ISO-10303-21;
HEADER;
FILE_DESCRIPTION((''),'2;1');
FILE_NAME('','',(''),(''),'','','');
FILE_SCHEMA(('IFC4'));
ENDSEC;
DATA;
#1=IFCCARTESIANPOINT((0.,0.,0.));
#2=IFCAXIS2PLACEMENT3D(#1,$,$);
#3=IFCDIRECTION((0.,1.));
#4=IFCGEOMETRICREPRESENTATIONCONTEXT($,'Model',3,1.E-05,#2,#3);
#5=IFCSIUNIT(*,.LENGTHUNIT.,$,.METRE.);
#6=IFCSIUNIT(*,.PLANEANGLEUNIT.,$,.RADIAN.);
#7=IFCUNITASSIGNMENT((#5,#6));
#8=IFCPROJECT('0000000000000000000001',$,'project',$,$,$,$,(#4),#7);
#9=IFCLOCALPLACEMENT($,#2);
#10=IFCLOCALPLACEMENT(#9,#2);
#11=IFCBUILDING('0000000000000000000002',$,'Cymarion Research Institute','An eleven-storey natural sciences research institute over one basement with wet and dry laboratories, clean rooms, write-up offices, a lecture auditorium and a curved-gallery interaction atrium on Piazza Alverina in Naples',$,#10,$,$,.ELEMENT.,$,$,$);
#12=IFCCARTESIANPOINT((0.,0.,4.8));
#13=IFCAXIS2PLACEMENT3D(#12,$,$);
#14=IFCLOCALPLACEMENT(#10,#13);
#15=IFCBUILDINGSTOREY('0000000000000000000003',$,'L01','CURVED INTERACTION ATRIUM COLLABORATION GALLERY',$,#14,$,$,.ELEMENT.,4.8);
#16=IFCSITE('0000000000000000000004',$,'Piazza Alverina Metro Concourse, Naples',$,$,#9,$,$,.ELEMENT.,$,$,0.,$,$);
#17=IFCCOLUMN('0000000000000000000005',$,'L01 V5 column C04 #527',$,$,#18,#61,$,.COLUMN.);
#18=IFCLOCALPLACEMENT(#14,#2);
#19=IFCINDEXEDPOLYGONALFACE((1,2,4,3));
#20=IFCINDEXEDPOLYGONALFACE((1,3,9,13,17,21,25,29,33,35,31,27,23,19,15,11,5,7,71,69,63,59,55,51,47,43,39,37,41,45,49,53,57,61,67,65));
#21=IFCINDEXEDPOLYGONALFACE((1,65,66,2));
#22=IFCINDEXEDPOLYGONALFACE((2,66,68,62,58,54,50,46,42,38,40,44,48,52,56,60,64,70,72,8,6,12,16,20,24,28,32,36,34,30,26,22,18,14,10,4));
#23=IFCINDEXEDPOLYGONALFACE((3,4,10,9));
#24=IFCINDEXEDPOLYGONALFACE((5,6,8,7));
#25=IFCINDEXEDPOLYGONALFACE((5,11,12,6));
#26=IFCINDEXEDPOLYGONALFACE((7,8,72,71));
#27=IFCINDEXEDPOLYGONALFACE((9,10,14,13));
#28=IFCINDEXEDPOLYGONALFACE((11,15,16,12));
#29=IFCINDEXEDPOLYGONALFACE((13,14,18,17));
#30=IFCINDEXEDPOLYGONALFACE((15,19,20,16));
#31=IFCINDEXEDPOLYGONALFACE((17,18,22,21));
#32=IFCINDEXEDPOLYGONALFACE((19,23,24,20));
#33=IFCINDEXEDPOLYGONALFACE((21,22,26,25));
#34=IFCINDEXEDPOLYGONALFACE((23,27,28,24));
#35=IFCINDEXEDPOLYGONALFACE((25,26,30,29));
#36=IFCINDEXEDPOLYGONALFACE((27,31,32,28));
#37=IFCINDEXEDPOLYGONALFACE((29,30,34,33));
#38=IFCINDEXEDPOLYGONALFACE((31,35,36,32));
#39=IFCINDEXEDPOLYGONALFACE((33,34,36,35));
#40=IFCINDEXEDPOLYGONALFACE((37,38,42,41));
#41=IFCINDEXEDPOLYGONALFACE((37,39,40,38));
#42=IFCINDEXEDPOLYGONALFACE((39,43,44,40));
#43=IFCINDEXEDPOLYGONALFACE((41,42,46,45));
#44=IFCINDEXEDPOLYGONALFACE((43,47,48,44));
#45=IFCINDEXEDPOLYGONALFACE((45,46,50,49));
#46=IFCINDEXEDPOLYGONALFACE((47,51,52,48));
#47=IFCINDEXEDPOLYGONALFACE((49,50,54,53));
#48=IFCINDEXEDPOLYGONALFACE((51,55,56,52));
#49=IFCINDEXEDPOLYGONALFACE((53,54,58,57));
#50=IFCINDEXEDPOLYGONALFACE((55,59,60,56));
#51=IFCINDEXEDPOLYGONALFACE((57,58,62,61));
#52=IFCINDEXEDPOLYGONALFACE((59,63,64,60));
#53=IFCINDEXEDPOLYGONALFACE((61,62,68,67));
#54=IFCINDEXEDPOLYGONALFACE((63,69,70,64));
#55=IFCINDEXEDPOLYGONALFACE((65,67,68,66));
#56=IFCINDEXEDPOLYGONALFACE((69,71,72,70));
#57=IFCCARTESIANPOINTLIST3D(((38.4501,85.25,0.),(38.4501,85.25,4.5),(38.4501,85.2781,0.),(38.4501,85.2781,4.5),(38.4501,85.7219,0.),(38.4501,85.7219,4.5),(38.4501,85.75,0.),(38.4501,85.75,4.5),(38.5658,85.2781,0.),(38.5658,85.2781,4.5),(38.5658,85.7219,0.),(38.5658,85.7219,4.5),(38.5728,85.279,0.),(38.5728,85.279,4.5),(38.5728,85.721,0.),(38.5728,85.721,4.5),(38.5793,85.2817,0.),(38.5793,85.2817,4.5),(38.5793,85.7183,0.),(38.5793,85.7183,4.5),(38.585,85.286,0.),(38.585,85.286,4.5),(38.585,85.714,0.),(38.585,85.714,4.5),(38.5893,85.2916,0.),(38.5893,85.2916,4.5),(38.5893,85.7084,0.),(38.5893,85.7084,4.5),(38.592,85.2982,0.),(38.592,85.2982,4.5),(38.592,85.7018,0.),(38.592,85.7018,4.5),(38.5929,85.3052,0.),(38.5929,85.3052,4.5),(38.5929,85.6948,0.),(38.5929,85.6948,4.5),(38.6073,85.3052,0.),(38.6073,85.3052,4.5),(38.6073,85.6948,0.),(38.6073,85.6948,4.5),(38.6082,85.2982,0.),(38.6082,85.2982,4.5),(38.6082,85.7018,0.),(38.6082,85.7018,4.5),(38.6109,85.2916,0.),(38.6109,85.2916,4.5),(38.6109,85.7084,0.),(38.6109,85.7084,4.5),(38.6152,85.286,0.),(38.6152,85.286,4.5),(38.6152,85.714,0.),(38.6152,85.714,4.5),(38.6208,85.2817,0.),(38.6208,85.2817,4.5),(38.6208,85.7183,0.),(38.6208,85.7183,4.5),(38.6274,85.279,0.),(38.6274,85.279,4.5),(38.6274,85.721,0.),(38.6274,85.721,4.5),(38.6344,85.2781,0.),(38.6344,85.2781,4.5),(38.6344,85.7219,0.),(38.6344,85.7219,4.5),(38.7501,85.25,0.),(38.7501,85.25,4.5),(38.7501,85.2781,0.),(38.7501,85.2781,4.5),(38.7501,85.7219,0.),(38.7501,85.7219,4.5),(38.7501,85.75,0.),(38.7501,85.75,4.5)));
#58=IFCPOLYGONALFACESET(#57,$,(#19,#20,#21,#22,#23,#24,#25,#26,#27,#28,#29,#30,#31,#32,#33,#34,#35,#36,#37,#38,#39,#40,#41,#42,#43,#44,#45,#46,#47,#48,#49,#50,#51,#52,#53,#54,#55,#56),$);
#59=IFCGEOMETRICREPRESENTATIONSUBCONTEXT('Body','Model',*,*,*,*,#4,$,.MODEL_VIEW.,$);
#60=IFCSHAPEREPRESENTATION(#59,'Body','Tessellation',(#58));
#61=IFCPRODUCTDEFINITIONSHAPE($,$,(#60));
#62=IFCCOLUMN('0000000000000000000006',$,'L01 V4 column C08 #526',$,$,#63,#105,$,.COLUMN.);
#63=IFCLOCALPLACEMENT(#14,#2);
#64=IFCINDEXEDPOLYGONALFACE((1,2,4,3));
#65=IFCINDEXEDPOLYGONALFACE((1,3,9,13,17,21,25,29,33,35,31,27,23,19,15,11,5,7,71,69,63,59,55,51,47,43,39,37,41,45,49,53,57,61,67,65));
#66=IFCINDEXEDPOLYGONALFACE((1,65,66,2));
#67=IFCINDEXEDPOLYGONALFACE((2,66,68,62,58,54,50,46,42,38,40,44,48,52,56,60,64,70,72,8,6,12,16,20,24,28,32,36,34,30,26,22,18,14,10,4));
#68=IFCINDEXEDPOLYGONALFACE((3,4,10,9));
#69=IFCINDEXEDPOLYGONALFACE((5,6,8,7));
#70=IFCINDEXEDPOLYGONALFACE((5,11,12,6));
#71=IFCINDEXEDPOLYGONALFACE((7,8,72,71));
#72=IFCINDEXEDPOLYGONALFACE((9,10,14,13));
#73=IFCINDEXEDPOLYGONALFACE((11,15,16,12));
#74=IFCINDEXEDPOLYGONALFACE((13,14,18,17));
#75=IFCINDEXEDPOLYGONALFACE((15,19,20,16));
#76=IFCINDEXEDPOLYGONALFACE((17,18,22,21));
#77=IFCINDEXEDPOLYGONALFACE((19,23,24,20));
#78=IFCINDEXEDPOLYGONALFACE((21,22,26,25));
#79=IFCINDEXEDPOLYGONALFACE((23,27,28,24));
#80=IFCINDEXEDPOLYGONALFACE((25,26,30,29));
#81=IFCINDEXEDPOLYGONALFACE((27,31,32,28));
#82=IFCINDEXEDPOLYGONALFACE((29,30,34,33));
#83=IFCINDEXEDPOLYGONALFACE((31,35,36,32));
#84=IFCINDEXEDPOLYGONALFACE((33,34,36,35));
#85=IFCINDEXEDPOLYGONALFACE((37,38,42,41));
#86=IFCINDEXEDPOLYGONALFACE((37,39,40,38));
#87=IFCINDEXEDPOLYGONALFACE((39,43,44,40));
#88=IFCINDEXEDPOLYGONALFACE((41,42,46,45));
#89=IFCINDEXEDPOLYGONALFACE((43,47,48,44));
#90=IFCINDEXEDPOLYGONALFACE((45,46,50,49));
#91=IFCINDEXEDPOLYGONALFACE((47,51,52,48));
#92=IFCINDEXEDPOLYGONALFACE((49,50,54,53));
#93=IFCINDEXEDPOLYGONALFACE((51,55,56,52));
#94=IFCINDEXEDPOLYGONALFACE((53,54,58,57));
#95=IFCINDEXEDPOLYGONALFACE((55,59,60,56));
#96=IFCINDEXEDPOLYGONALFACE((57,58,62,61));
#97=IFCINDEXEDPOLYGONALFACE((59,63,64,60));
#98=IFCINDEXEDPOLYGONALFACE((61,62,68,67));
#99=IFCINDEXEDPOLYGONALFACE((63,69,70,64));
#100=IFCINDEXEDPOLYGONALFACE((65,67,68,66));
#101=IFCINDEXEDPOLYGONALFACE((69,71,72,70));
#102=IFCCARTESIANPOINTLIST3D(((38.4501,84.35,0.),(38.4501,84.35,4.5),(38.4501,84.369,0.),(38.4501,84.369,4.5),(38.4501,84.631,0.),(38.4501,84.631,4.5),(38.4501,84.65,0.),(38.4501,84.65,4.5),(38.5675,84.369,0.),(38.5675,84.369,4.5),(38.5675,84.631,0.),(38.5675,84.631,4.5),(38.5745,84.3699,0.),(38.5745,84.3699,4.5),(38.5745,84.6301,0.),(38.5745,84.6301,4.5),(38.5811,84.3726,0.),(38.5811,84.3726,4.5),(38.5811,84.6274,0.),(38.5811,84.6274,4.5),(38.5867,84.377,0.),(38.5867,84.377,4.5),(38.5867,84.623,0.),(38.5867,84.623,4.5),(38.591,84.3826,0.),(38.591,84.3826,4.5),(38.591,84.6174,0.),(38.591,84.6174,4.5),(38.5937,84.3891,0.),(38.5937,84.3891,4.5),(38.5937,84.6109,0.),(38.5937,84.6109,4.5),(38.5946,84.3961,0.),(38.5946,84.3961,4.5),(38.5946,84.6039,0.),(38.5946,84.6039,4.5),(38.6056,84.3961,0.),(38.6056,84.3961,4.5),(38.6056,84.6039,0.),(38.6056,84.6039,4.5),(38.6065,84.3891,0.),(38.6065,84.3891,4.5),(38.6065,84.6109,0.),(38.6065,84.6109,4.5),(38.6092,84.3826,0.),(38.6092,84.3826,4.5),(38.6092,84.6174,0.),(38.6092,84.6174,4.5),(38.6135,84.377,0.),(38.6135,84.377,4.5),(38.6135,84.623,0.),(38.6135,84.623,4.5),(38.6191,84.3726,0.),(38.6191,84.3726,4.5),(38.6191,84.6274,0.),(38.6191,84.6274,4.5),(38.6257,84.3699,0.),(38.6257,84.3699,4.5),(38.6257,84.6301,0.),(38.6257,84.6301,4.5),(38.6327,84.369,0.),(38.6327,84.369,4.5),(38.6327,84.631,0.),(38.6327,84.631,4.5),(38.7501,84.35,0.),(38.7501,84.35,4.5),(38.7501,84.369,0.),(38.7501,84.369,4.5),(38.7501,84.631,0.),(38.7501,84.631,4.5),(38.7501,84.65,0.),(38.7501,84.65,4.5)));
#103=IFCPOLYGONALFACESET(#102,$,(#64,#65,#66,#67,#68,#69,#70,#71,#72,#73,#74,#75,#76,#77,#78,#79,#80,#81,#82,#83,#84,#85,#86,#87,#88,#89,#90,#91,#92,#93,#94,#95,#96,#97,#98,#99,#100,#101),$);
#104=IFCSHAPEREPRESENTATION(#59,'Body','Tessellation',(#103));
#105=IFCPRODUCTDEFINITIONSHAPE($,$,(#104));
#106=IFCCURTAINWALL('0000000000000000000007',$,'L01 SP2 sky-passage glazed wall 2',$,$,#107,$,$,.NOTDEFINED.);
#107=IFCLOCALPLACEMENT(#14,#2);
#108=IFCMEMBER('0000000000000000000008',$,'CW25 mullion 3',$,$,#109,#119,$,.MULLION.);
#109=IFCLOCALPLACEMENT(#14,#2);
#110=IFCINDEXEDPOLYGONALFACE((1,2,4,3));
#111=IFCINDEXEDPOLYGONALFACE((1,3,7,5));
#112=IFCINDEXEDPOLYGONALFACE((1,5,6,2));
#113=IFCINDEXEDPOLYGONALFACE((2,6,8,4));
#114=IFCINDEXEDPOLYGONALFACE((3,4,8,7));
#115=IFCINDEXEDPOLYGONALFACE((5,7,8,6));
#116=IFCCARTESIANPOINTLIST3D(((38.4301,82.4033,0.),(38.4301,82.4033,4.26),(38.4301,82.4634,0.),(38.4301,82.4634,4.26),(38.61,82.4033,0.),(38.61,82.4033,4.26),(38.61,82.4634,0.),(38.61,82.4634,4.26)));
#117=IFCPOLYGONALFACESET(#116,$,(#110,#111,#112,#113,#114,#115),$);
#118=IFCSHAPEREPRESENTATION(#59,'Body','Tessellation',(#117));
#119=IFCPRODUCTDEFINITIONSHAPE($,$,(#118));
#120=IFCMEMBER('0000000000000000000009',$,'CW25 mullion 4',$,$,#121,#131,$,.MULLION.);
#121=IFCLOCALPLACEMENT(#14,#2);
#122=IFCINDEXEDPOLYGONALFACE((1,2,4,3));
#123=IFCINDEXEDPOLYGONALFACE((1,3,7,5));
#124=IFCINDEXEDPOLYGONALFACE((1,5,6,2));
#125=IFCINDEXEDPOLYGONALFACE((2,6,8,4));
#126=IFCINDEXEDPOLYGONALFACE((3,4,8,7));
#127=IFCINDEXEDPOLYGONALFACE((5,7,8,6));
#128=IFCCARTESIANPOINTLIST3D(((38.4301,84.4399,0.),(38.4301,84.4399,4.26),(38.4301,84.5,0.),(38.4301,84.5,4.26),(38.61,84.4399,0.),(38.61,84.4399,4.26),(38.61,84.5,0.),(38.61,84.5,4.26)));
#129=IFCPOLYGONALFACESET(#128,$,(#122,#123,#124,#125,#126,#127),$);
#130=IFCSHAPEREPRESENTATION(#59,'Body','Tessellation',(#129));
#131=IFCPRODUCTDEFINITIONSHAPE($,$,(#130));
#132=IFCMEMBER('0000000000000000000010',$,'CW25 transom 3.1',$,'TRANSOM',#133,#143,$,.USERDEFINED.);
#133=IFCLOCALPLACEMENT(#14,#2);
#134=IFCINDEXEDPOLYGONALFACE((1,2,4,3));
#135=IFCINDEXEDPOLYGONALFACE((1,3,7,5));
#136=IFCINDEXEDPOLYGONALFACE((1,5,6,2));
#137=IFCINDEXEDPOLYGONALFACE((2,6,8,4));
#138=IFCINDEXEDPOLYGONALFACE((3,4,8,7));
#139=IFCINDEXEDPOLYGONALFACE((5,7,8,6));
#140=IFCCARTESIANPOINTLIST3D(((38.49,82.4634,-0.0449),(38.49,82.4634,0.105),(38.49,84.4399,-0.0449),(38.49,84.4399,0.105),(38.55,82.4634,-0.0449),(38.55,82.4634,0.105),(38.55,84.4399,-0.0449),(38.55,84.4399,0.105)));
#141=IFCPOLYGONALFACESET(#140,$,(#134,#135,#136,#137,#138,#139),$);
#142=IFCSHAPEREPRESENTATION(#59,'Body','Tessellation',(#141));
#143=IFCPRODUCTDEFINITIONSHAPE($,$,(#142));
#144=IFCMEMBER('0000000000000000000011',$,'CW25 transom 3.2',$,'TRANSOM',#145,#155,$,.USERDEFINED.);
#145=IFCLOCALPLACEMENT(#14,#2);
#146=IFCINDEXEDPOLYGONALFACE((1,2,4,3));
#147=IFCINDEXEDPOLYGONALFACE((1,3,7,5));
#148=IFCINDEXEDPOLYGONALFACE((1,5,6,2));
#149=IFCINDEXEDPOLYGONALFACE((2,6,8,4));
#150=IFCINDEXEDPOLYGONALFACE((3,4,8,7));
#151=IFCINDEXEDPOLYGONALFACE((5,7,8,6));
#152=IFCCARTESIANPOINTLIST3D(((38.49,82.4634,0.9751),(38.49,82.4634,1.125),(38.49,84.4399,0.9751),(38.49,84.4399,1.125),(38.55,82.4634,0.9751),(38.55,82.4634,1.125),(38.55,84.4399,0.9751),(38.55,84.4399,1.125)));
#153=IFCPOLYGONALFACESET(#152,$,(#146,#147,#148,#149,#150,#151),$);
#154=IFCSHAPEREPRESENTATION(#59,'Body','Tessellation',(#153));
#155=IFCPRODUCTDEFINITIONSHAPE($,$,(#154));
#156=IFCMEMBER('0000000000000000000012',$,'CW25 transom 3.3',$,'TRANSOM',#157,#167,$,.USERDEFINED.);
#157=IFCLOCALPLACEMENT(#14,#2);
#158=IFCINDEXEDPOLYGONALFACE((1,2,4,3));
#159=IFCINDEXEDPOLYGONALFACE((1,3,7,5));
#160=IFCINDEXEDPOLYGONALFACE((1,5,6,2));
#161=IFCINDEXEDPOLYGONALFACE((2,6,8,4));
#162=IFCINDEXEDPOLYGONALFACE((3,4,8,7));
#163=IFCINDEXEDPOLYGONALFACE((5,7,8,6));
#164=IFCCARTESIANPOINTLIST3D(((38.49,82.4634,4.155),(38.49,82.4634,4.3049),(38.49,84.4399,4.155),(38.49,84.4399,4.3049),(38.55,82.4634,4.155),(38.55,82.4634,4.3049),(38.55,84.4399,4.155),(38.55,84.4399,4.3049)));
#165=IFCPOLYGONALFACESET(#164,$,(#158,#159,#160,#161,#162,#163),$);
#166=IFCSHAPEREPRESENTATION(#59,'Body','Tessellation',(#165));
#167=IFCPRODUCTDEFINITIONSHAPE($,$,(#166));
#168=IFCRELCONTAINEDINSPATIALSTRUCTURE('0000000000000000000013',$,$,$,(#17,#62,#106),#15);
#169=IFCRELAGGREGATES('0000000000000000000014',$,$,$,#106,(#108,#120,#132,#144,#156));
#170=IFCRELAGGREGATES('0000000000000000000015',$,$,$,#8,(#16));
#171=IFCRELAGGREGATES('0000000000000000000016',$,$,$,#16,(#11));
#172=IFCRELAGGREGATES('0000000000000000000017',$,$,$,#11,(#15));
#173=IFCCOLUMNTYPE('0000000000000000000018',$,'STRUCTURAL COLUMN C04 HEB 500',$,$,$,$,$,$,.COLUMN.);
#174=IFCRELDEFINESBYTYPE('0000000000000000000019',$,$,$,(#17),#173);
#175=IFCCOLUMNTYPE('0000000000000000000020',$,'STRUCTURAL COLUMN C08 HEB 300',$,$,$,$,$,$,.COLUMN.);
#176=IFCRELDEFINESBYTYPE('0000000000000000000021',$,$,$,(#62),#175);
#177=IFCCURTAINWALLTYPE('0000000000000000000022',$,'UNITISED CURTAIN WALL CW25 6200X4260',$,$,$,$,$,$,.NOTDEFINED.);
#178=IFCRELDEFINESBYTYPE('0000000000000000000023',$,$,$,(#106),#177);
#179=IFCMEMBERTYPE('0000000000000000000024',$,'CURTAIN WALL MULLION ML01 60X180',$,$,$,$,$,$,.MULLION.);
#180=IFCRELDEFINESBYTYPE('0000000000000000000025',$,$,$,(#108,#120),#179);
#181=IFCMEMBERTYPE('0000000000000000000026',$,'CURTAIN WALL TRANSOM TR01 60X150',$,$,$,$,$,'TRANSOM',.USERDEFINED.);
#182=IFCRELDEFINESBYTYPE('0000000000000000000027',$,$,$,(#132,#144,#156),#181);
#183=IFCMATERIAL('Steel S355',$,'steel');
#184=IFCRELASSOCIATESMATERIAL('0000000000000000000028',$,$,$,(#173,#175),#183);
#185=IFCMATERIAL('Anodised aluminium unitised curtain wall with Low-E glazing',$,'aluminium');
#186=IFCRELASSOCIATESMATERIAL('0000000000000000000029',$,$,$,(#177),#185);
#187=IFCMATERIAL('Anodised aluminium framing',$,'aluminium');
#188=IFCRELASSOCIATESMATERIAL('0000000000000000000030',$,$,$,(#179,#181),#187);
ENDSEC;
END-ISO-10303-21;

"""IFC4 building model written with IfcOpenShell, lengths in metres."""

from ifc_helpers import new_model, si_unit, direction, frame, origin, origin_2d, place, context, subcontext, project, spatial, rectangle, i_section, extrude, material, material_profile, profile_set, type_object, element, aggregate, save


model = new_model("IFC4")

# Units and contexts
model_context = context("Model", 3, precision=1e-05, world=origin(), true_north=direction((0.0, 1.0)))
body_context = subcontext(model_context, "Body", "Model", "MODEL_VIEW")
ifc_project = project(units=[si_unit("LENGTHUNIT", "METRE"), si_unit("PLANEANGLEUNIT", "RADIAN")], contexts=[model_context])

# Site, building, storey
site_placement = place(None, origin())
site = spatial("IfcSite", under=ifc_project, at=site_placement, Name="Piazza Alverina Metro Concourse, Naples", CompositionType="ELEMENT", RefElevation=0.0)
building_placement = place(site_placement, origin())
building = spatial("IfcBuilding", under=site, at=building_placement, Name="Cymarion Research Institute", Description="An eleven-storey natural sciences research institute over one basement with wet and dry laboratories, clean rooms, write-up offices, a lecture auditorium and a curved-gallery interaction atrium on Piazza Alverina in Naples", CompositionType="ELEMENT")
storey_placement = place(building_placement, frame((0.0, 0.0, 4.8)))
storey = spatial("IfcBuildingStorey", under=building, at=storey_placement, Name="L01", Description="CURVED INTERACTION ATRIUM COLLABORATION GALLERY", CompositionType="ELEMENT", Elevation=4.8)

# Columns
ifc_material_1 = material(Name="Steel S355", Category="steel")
ifc_material_profile_1 = material_profile(ifc_material_1, i_section(OverallWidth=0.3, OverallDepth=0.5, WebThickness=0.0144, FlangeThickness=0.0281, FilletRadius=0.0271, at=origin_2d()), Name="HEB 500")
ifc_profile_set_1 = profile_set([ifc_material_profile_1], Name="Steel S355")
column_type_1 = type_object("IfcColumnType", Name="STRUCTURAL COLUMN C04 HEB 500", PredefinedType="COLUMN", material=ifc_profile_set_1)
column_1_placement = place(storey_placement, frame((38.6001, 85.5, 0.0), z_axis=(0.0, 0.0, 1.0), x_axis=(1.0, 0.0, 0.0)))
element("IfcColumn", 1, at=column_1_placement, inside=storey, type_object=column_type_1, Name="L01 V5 column C04 #527", PredefinedType="COLUMN", context=body_context, shape_type="SweptSolid", body=[
    extrude(i_section(OverallWidth=0.3, OverallDepth=0.5, WebThickness=0.0144, FlangeThickness=0.0281, FilletRadius=0.0271, at=origin_2d()), origin(), (0.0, 0.0, 1.0), 4.5),
])
ifc_material_profile_2 = material_profile(ifc_material_1, i_section(OverallWidth=0.3, OverallDepth=0.3, WebThickness=0.011, FlangeThickness=0.019, FilletRadius=0.0271, at=origin_2d()), Name="HEB 300")
ifc_profile_set_2 = profile_set([ifc_material_profile_2], Name="Steel S355")
column_type_2 = type_object("IfcColumnType", Name="STRUCTURAL COLUMN C08 HEB 300", PredefinedType="COLUMN", material=ifc_profile_set_2)
column_2_placement = place(storey_placement, frame((38.6001, 84.5, 0.0), z_axis=(0.0, 0.0, 1.0), x_axis=(1.0, 0.0, 0.0)))
element("IfcColumn", 2, at=column_2_placement, inside=storey, type_object=column_type_2, Name="L01 V4 column C08 #526", PredefinedType="COLUMN", context=body_context, shape_type="SweptSolid", body=[
    extrude(i_section(OverallWidth=0.3, OverallDepth=0.3, WebThickness=0.011, FlangeThickness=0.019, FilletRadius=0.0271, at=origin_2d()), origin(), (0.0, 0.0, 1.0), 4.5),
])

# Curtain wall, members
ifc_material_2 = material(Name="Anodised aluminium unitised curtain wall with Low-E glazing", Category="aluminium")
curtain_wall_type = type_object("IfcCurtainWallType", Name="UNITISED CURTAIN WALL CW25 6200X4260", PredefinedType="NOTDEFINED", material=ifc_material_2)
curtain_wall_placement = place(storey_placement, origin())
curtain_wall = element("IfcCurtainWall", 3, at=curtain_wall_placement, inside=storey, type_object=curtain_wall_type, Name="L01 SP2 sky-passage glazed wall 2", PredefinedType="NOTDEFINED")
ifc_material_3 = material(Name="Anodised aluminium framing", Category="aluminium")
ifc_material_profile_3 = material_profile(ifc_material_3, rectangle(XDim=0.0601, YDim=0.1799, at=origin_2d()), Name="ALU MULLION 60x180")
ifc_profile_set_3 = profile_set([ifc_material_profile_3], Name="Anodised aluminium framing")
member_type_1 = type_object("IfcMemberType", Name="CURTAIN WALL MULLION ML01 60X180", PredefinedType="MULLION", material=ifc_profile_set_3)
member_1_placement = place(storey_placement, frame((38.52, 82.4333, 0.0), z_axis=(0.0, 0.0, 1.0), x_axis=(0.0, 1.0, 0.0)))
member_1 = element("IfcMember", 4, at=member_1_placement, type_object=member_type_1, Name="CW25 mullion 3", PredefinedType="MULLION", context=body_context, shape_type="SweptSolid", body=[
    extrude(rectangle(XDim=0.0601, YDim=0.1799, at=origin_2d()), origin(), (0.0, 0.0, 1.0), 4.26),
])
member_2_placement = place(storey_placement, frame((38.52, 84.47, 0.0), z_axis=(0.0, 0.0, 1.0), x_axis=(0.0, 1.0, 0.0)))
member_2 = element("IfcMember", 5, at=member_2_placement, type_object=member_type_1, Name="CW25 mullion 4", PredefinedType="MULLION", context=body_context, shape_type="SweptSolid", body=[
    extrude(rectangle(XDim=0.0601, YDim=0.1799, at=origin_2d()), origin(), (0.0, 0.0, 1.0), 4.26),
])
ifc_material_profile_4 = material_profile(ifc_material_3, rectangle(XDim=0.0601, YDim=0.1499, at=origin_2d()), Name="ALU TRANSOM 60x150")
ifc_profile_set_4 = profile_set([ifc_material_profile_4], Name="Anodised aluminium framing")
member_type_2 = type_object("IfcMemberType", Name="CURTAIN WALL TRANSOM TR01 60X150", ElementType="TRANSOM", PredefinedType="USERDEFINED", material=ifc_profile_set_4)
member_3_placement = place(storey_placement, frame((38.52, 82.4634, 0.03), z_axis=(0.0, 1.0, 0.0), x_axis=(-1.0, 0.0, 0.0)))
member_3 = element("IfcMember", 6, at=member_3_placement, type_object=member_type_2, Name="CW25 transom 3.1", ObjectType="TRANSOM", PredefinedType="USERDEFINED", context=body_context, shape_type="SweptSolid", body=[
    extrude(rectangle(XDim=0.0601, YDim=0.1499, at=origin_2d()), origin(), (0.0, 0.0, 1.0), 1.9766),
])
member_4_placement = place(storey_placement, frame((38.52, 82.4634, 1.05), z_axis=(0.0, 1.0, 0.0), x_axis=(-1.0, 0.0, 0.0)))
member_4 = element("IfcMember", 7, at=member_4_placement, type_object=member_type_2, Name="CW25 transom 3.2", ObjectType="TRANSOM", PredefinedType="USERDEFINED", context=body_context, shape_type="SweptSolid", body=[
    extrude(rectangle(XDim=0.0601, YDim=0.1499, at=origin_2d()), origin(), (0.0, 0.0, 1.0), 1.9766),
])
member_5_placement = place(storey_placement, frame((38.52, 82.4634, 4.23), z_axis=(0.0, 1.0, 0.0), x_axis=(-1.0, 0.0, 0.0)))
member_5 = element("IfcMember", 8, at=member_5_placement, type_object=member_type_2, Name="CW25 transom 3.3", ObjectType="TRANSOM", PredefinedType="USERDEFINED", context=body_context, shape_type="SweptSolid", body=[
    extrude(rectangle(XDim=0.0601, YDim=0.1499, at=origin_2d()), origin(), (0.0, 0.0, 1.0), 1.9766),
])

aggregate(curtain_wall, [member_1, member_2, member_3, member_4, member_5])

save(model, "model.ifc")
